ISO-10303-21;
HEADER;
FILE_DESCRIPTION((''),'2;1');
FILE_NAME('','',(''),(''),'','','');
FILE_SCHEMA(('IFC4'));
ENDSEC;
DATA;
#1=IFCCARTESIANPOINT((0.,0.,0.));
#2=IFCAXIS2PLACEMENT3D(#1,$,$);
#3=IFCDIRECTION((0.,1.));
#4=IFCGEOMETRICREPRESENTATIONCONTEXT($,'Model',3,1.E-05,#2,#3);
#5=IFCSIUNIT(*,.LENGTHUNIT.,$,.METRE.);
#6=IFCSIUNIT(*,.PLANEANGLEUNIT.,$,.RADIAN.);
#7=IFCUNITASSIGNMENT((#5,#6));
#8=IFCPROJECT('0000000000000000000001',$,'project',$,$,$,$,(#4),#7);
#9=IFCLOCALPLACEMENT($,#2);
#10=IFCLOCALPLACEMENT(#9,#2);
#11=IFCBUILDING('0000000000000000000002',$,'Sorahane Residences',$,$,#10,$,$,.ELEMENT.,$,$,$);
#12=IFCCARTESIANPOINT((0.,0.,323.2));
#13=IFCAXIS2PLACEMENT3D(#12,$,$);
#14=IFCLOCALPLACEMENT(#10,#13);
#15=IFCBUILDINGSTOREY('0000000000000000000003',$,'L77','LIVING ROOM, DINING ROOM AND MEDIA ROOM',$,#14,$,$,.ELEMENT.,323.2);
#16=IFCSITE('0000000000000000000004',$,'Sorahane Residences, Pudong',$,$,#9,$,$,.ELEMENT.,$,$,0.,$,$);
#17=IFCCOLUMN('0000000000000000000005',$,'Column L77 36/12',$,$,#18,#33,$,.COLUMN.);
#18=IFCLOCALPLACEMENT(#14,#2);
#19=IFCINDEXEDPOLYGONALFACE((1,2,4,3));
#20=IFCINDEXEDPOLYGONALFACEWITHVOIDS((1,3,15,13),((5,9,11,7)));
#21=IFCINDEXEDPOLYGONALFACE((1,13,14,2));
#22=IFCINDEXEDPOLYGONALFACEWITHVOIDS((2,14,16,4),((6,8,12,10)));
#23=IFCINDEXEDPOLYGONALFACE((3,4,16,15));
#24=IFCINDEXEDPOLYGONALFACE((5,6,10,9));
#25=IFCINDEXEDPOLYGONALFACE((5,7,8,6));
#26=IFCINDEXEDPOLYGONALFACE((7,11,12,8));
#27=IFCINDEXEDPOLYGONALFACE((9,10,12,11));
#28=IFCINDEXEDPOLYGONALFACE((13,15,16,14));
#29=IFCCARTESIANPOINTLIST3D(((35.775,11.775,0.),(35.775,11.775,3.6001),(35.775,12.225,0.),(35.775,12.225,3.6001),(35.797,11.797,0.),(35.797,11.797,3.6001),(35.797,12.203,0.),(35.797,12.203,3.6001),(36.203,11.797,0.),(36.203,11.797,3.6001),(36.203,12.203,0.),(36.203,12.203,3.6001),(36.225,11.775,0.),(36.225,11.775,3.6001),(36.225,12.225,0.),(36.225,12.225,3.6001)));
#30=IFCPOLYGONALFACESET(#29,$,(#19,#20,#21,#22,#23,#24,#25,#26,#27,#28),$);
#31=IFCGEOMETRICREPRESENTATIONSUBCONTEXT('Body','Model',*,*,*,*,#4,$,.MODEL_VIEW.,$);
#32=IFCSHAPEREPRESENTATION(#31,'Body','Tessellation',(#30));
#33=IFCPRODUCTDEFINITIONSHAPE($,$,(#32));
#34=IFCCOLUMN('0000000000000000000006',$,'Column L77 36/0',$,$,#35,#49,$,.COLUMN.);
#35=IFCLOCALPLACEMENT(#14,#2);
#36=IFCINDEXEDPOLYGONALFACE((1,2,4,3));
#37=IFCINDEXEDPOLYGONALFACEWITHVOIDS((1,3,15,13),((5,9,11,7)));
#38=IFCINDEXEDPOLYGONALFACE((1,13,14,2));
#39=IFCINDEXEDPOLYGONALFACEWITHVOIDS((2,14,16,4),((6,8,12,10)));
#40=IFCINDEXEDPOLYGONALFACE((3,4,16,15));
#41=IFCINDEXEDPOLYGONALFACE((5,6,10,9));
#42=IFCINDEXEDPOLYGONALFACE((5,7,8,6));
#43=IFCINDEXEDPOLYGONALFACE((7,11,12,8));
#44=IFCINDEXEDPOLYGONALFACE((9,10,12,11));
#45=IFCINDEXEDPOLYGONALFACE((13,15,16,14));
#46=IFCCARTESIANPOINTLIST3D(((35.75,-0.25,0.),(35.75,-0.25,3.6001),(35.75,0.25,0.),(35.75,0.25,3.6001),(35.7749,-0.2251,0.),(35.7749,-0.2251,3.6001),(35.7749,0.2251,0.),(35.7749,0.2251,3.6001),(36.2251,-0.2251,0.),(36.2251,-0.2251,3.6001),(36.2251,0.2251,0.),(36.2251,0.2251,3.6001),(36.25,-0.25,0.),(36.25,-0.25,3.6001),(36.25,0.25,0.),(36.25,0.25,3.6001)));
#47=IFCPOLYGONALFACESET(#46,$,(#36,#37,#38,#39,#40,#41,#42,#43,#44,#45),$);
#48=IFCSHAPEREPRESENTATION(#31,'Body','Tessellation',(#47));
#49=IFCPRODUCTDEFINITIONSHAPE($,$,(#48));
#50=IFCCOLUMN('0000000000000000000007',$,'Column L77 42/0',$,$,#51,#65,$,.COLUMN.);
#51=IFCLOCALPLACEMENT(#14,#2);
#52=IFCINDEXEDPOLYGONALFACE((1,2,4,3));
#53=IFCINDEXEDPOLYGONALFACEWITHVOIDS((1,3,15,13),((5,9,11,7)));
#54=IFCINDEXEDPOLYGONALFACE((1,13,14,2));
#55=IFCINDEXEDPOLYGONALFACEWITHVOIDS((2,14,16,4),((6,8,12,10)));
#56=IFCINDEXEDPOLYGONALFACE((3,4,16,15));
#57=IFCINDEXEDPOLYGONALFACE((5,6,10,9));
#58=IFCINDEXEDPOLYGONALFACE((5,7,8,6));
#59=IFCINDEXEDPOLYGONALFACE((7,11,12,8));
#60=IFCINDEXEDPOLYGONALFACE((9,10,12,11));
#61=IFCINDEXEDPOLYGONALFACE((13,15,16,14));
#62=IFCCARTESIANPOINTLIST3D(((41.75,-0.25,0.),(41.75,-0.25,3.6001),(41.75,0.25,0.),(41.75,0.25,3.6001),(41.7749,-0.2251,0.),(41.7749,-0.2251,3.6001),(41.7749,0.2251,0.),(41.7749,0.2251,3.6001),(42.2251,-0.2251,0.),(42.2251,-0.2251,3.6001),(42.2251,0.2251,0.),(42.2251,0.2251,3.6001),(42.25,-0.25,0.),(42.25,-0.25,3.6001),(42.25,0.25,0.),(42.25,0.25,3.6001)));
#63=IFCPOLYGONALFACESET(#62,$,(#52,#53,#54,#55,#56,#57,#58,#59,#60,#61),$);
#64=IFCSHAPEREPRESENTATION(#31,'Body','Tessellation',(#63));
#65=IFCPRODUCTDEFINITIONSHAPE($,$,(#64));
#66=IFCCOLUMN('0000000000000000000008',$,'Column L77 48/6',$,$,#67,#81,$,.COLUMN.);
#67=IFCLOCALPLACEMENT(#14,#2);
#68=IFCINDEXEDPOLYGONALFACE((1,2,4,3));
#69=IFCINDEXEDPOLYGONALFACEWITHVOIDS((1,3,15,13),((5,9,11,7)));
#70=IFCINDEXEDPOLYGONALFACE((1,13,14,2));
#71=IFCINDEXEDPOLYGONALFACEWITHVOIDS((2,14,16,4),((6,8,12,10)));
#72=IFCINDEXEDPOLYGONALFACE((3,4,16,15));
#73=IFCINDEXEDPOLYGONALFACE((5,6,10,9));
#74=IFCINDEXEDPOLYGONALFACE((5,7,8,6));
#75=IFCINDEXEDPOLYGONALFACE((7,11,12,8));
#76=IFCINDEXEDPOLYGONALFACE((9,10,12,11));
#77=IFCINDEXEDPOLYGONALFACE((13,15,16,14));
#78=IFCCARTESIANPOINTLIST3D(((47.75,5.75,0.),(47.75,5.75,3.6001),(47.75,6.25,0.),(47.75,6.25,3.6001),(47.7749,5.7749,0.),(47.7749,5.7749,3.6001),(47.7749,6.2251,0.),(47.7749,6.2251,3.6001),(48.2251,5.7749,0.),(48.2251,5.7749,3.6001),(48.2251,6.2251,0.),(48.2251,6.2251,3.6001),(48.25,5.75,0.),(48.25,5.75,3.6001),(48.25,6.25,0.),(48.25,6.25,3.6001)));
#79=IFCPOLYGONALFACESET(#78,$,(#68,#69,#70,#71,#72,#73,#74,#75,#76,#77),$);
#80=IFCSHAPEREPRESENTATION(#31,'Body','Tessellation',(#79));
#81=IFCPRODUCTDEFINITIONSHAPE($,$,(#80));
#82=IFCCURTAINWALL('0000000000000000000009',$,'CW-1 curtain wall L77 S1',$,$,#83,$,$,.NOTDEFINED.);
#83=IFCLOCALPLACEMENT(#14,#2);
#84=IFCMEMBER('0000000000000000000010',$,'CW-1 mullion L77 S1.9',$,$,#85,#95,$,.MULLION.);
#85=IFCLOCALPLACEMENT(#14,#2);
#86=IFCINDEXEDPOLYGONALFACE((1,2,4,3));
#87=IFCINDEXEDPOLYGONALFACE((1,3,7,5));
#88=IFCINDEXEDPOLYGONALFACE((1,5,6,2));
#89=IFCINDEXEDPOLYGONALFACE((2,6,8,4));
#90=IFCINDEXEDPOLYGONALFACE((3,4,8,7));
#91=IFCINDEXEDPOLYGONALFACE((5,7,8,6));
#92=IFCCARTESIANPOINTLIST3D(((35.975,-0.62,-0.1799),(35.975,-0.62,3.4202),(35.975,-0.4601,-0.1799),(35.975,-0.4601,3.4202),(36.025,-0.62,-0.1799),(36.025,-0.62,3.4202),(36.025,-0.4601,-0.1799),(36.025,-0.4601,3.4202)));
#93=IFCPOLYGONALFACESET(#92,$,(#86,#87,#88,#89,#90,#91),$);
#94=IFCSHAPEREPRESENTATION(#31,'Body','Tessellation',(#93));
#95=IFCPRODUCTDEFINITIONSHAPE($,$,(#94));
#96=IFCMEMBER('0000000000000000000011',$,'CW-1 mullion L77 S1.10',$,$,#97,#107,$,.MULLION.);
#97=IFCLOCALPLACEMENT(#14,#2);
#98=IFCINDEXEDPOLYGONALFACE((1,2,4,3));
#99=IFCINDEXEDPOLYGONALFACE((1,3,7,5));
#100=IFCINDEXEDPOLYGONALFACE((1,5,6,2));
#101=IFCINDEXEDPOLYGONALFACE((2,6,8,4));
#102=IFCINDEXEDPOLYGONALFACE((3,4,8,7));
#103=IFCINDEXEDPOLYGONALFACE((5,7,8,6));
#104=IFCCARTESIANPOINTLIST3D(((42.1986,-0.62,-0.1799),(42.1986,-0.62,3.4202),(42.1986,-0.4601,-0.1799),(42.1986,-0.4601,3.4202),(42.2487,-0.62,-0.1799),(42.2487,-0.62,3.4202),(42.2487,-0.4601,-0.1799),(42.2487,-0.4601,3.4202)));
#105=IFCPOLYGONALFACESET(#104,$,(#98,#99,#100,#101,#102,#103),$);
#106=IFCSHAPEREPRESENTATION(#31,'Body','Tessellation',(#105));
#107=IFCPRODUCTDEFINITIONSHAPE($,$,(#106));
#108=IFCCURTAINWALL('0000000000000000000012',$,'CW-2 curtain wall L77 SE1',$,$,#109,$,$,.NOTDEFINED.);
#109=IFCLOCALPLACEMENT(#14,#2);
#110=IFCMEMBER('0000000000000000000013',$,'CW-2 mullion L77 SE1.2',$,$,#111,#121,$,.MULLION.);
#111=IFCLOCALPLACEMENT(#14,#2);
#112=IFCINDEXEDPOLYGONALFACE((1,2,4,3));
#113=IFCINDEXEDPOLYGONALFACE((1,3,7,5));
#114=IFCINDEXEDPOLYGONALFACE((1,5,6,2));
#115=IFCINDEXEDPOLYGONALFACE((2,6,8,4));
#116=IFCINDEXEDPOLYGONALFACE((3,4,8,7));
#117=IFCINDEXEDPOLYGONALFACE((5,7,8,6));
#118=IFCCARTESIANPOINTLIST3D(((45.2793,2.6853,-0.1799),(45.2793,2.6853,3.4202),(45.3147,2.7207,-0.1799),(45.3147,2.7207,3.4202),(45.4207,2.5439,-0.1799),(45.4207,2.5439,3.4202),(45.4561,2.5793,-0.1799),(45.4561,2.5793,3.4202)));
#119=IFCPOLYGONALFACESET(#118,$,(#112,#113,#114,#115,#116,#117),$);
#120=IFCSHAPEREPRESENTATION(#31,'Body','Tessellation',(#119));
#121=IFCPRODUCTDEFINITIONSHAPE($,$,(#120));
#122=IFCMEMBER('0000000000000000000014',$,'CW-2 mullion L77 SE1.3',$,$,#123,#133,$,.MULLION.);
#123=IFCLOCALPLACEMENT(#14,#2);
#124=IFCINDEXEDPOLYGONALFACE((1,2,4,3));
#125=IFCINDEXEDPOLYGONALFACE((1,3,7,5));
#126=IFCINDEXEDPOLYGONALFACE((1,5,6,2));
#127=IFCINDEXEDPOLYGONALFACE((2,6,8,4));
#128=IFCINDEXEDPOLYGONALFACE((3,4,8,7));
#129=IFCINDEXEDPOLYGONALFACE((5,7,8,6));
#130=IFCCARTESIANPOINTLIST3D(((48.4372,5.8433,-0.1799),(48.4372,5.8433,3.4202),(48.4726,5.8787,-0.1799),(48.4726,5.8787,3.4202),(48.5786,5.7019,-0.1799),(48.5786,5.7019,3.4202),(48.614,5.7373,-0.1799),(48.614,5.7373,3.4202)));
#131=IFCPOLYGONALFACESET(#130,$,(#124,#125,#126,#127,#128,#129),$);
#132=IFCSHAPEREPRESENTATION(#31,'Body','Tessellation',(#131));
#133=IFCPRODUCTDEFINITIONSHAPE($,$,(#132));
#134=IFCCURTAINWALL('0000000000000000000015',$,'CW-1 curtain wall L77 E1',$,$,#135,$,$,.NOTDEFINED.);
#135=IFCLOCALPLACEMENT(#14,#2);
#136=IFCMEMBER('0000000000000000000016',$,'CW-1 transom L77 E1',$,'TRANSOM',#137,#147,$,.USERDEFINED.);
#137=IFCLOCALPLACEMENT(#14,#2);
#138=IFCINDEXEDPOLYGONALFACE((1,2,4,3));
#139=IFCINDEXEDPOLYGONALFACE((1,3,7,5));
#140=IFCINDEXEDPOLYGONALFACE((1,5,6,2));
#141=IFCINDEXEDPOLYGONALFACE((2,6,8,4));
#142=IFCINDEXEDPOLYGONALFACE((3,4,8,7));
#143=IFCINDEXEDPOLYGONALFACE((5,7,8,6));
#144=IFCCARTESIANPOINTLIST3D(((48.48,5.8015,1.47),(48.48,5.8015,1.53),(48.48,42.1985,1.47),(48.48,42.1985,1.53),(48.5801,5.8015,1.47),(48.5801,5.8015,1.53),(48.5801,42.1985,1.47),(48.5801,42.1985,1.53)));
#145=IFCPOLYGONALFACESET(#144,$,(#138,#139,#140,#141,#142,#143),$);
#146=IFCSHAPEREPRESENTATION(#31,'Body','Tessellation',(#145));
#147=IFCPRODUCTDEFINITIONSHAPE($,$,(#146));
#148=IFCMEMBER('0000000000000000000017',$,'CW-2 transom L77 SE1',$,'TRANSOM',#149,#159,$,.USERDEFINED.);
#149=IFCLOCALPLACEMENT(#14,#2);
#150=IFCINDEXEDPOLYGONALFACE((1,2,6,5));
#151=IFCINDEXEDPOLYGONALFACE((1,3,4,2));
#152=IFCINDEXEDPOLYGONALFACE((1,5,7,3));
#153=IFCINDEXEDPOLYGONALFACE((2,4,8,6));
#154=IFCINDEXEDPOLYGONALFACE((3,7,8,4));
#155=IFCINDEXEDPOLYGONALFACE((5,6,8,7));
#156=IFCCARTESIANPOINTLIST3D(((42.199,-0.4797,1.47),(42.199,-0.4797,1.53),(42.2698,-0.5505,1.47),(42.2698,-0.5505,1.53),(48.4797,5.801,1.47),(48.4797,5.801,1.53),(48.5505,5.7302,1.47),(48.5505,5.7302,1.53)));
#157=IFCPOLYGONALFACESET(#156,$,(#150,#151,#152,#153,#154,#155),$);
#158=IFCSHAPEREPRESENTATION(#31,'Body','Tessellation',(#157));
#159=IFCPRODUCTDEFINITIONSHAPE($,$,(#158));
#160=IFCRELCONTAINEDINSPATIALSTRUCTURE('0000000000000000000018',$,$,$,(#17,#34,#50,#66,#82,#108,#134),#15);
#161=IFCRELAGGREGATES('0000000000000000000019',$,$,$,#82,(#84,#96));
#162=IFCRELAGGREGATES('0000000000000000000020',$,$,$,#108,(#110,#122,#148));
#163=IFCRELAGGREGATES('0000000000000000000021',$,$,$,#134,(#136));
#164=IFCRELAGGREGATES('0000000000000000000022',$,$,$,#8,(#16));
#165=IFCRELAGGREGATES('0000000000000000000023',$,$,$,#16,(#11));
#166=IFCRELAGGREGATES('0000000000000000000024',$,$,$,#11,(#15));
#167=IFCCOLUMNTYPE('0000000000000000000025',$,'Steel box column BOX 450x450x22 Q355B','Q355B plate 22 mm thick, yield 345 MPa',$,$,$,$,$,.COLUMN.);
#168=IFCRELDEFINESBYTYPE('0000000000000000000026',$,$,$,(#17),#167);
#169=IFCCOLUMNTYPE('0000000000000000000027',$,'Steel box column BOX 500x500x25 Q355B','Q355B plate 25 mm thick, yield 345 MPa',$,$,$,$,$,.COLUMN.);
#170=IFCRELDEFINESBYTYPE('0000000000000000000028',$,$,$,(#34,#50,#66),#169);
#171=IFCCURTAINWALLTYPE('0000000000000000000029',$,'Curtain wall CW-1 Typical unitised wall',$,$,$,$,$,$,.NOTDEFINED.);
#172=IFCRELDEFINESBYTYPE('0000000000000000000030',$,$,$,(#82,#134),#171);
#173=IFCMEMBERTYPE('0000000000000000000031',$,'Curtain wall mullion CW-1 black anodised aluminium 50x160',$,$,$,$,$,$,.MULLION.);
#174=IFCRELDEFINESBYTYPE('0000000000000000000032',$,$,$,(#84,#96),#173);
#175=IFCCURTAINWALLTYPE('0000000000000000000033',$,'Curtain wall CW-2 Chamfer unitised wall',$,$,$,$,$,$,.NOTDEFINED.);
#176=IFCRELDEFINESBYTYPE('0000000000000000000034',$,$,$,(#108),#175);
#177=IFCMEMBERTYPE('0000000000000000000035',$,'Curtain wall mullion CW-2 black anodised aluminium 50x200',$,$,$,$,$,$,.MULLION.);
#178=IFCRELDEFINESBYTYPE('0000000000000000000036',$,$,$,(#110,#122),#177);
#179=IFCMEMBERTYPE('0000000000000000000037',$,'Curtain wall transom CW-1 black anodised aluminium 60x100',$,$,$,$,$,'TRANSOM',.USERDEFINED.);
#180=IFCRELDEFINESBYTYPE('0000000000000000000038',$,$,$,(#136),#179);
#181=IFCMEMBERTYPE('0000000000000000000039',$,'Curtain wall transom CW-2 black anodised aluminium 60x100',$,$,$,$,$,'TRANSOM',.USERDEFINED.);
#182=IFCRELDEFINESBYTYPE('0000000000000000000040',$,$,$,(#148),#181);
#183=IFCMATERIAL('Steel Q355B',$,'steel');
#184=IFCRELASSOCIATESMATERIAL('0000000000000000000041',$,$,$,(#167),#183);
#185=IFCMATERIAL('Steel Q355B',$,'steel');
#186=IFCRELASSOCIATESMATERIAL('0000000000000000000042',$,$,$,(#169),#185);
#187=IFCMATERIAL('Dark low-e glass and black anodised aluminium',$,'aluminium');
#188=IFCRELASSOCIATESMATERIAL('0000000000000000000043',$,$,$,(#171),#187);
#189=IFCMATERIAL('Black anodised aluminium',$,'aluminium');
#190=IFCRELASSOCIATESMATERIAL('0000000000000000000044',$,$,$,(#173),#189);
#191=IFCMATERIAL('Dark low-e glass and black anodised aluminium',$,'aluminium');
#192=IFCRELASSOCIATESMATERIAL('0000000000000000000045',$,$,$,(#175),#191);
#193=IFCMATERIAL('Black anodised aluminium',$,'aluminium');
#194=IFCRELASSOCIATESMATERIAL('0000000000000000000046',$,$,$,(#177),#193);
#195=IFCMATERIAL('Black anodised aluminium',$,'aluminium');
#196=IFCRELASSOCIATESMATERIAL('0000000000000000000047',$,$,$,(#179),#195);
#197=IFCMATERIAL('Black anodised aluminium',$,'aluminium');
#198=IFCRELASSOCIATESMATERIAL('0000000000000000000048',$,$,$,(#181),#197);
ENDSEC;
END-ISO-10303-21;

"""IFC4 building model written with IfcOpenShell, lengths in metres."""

from ifc_helpers import new_model, si_unit, direction, frame, origin, origin_2d, place, context, subcontext, project, spatial, rectangle, hollow_rectangle, extrude, material, material_profile, profile_set, type_object, element, aggregate, save


model = new_model("IFC4")

# Units and contexts
model_context = context("Model", 3, precision=1e-05, world=origin(), true_north=direction((0.0, 1.0)))
body_context = subcontext(model_context, "Body", "Model", "MODEL_VIEW")
ifc_project = project(units=[si_unit("LENGTHUNIT", "METRE"), si_unit("PLANEANGLEUNIT", "RADIAN")], contexts=[model_context])

# Site, building, storey
site_placement = place(None, origin())
site = spatial("IfcSite", under=ifc_project, at=site_placement, Name="Sorahane Residences, Pudong", CompositionType="ELEMENT", RefElevation=0.0)
building_placement = place(site_placement, origin())
building = spatial("IfcBuilding", under=site, at=building_placement, Name="Sorahane Residences", CompositionType="ELEMENT")
storey_placement = place(building_placement, frame((0.0, 0.0, 323.2)))
storey = spatial("IfcBuildingStorey", under=building, at=storey_placement, Name="L77", Description="LIVING ROOM, DINING ROOM AND MEDIA ROOM", CompositionType="ELEMENT", Elevation=323.2)

# Columns
ifc_material_1 = material(Name="Steel Q355B", Category="steel")
ifc_material_profile_1 = material_profile(ifc_material_1, hollow_rectangle(XDim=0.45, YDim=0.45, WallThickness=0.022, at=origin_2d()), Name="BOX 450x450x22")
ifc_profile_set_1 = profile_set([ifc_material_profile_1], Name="Steel Q355B")
column_type_1 = type_object("IfcColumnType", Name="Steel box column BOX 450x450x22 Q355B", Description="Q355B plate 22 mm thick, yield 345 MPa", PredefinedType="COLUMN", material=ifc_profile_set_1)
column_placement = place(storey_placement, frame((36.0, 12.0, 0.0), z_axis=(0.0, 0.0, 1.0), x_axis=(1.0, 0.0, 0.0)))
element("IfcColumn", 1, at=column_placement, inside=storey, type_object=column_type_1, Name="Column L77 36/12", PredefinedType="COLUMN", context=body_context, shape_type="SweptSolid", body=[
    extrude(hollow_rectangle(XDim=0.45, YDim=0.45, WallThickness=0.022, at=origin_2d()), origin(), (0.0, 0.0, 1.0), 3.6001),
])
ifc_material_2 = material(Name="Steel Q355B", Category="steel")
ifc_material_profile_2 = material_profile(ifc_material_2, hollow_rectangle(XDim=0.5, YDim=0.5, WallThickness=0.0249, at=origin_2d()), Name="BOX 500x500x25")
ifc_profile_set_2 = profile_set([ifc_material_profile_2], Name="Steel Q355B")
column_type_2 = type_object("IfcColumnType", Name="Steel box column BOX 500x500x25 Q355B", Description="Q355B plate 25 mm thick, yield 345 MPa", PredefinedType="COLUMN", material=ifc_profile_set_2)
for number, where, z_axis, x_axis, name in (
    (2, (36.0, 0.0, 0.0), (0.0, 0.0, 1.0), (1.0, 0.0, 0.0), "Column L77 36/0"),
    (3, (42.0, 0.0, 0.0), (0.0, 0.0, 1.0), (1.0, 0.0, 0.0), "Column L77 42/0"),
    (4, (48.0, 6.0, 0.0), (0.0, 0.0, 1.0), (1.0, 0.0, 0.0), "Column L77 48/6"),
):
    element("IfcColumn", number, at=place(storey_placement, frame(where, z_axis=z_axis, x_axis=x_axis)), inside=storey, type_object=column_type_2, Name=name, PredefinedType="COLUMN", context=body_context, shape_type="SweptSolid", body=[
        extrude(hollow_rectangle(XDim=0.5, YDim=0.5, WallThickness=0.0249, at=origin_2d()), origin(), (0.0, 0.0, 1.0), 3.6001),
    ])

# Curtain walls, members
ifc_material_3 = material(Name="Dark low-e glass and black anodised aluminium", Category="aluminium")
curtain_wall_type_1 = type_object("IfcCurtainWallType", Name="Curtain wall CW-1 Typical unitised wall", PredefinedType="NOTDEFINED", material=ifc_material_3)
curtain_wall_1_placement = place(storey_placement, origin())
curtain_wall_1 = element("IfcCurtainWall", 5, at=curtain_wall_1_placement, inside=storey, type_object=curtain_wall_type_1, Name="CW-1 curtain wall L77 S1", PredefinedType="NOTDEFINED")
ifc_material_4 = material(Name="Black anodised aluminium", Category="aluminium")
ifc_material_profile_3 = material_profile(ifc_material_4, rectangle(XDim=0.1599, YDim=0.05, at=origin_2d()), Name="Curtain wall mullion CW-1 black anodised aluminium 50x160")
ifc_profile_set_3 = profile_set([ifc_material_profile_3], Name="Black anodised aluminium")
member_type_1 = type_object("IfcMemberType", Name="Curtain wall mullion CW-1 black anodised aluminium 50x160", PredefinedType="MULLION", material=ifc_profile_set_3)
member_1_placement = place(storey_placement, frame((36.0, -0.54, -0.1799), z_axis=(0.0, 0.0, 1.0), x_axis=(0.0, -1.0, 0.0)))
member_1 = element("IfcMember", 6, at=member_1_placement, type_object=member_type_1, Name="CW-1 mullion L77 S1.9", PredefinedType="MULLION", context=body_context, shape_type="SweptSolid", body=[
    extrude(rectangle(XDim=0.1599, YDim=0.05, at=origin_2d()), origin(), (0.0, 0.0, 1.0), 3.6001),
])
member_2_placement = place(storey_placement, frame((42.2236, -0.54, -0.1799), z_axis=(0.0, 0.0, 1.0), x_axis=(0.0, -1.0, 0.0)))
member_2 = element("IfcMember", 7, at=member_2_placement, type_object=member_type_1, Name="CW-1 mullion L77 S1.10", PredefinedType="MULLION", context=body_context, shape_type="SweptSolid", body=[
    extrude(rectangle(XDim=0.1599, YDim=0.05, at=origin_2d()), origin(), (0.0, 0.0, 1.0), 3.6001),
])
ifc_material_5 = material(Name="Dark low-e glass and black anodised aluminium", Category="aluminium")
curtain_wall_type_2 = type_object("IfcCurtainWallType", Name="Curtain wall CW-2 Chamfer unitised wall", PredefinedType="NOTDEFINED", material=ifc_material_5)
curtain_wall_2_placement = place(storey_placement, origin())
curtain_wall_2 = element("IfcCurtainWall", 8, at=curtain_wall_2_placement, inside=storey, type_object=curtain_wall_type_2, Name="CW-2 curtain wall L77 SE1", PredefinedType="NOTDEFINED")
ifc_material_6 = material(Name="Black anodised aluminium", Category="aluminium")
ifc_material_profile_4 = material_profile(ifc_material_6, rectangle(XDim=0.2, YDim=0.05, at=origin_2d()), Name="Curtain wall mullion CW-2 black anodised aluminium 50x200")
ifc_profile_set_4 = profile_set([ifc_material_profile_4], Name="Black anodised aluminium")
member_type_2 = type_object("IfcMemberType", Name="Curtain wall mullion CW-2 black anodised aluminium 50x200", PredefinedType="MULLION", material=ifc_profile_set_4)
member_3_placement = place(storey_placement, frame((45.3677, 2.6323, -0.1799), z_axis=(0.0, 0.0, 1.0), x_axis=(0.707107, -0.707107, 0.0)))
member_3 = element("IfcMember", 9, at=member_3_placement, type_object=member_type_2, Name="CW-2 mullion L77 SE1.2", PredefinedType="MULLION", context=body_context, shape_type="SweptSolid", body=[
    extrude(rectangle(XDim=0.2, YDim=0.05, at=origin_2d()), origin(), (0.0, 0.0, 1.0), 3.6001),
])
member_4_placement = place(storey_placement, frame((48.5256, 5.7903, -0.1799), z_axis=(0.0, 0.0, 1.0), x_axis=(0.707107, -0.707107, 0.0)))
member_4 = element("IfcMember", 10, at=member_4_placement, type_object=member_type_2, Name="CW-2 mullion L77 SE1.3", PredefinedType="MULLION", context=body_context, shape_type="SweptSolid", body=[
    extrude(rectangle(XDim=0.2, YDim=0.05, at=origin_2d()), origin(), (0.0, 0.0, 1.0), 3.6001),
])

# Curtain wall, member
curtain_wall_3_placement = place(storey_placement, origin())
curtain_wall_3 = element("IfcCurtainWall", 11, at=curtain_wall_3_placement, inside=storey, type_object=curtain_wall_type_1, Name="CW-1 curtain wall L77 E1", PredefinedType="NOTDEFINED")
ifc_material_7 = material(Name="Black anodised aluminium", Category="aluminium")
ifc_material_profile_5 = material_profile(ifc_material_7, rectangle(XDim=0.1001, YDim=0.0601, at=origin_2d()), Name="Curtain wall transom CW-1 black anodised aluminium 60x100")
ifc_profile_set_5 = profile_set([ifc_material_profile_5], Name="Black anodised aluminium")
member_type_3 = type_object("IfcMemberType", Name="Curtain wall transom CW-1 black anodised aluminium 60x100", ElementType="TRANSOM", PredefinedType="USERDEFINED", material=ifc_profile_set_5)
member_5_placement = place(storey_placement, frame((48.53, 5.8015, 1.5), z_axis=(0.0, 1.0, 0.0), x_axis=(-1.0, 0.0, 0.0)))
member_5 = element("IfcMember", 12, at=member_5_placement, type_object=member_type_3, Name="CW-1 transom L77 E1", ObjectType="TRANSOM", PredefinedType="USERDEFINED", context=body_context, shape_type="SweptSolid", body=[
    extrude(rectangle(XDim=0.1001, YDim=0.0601, at=origin_2d()), origin(), (0.0, 0.0, 1.0), 36.397),
])

# Member
ifc_material_8 = material(Name="Black anodised aluminium", Category="aluminium")
ifc_material_profile_6 = material_profile(ifc_material_8, rectangle(XDim=0.1001, YDim=0.0601, at=origin_2d()), Name="Curtain wall transom CW-2 black anodised aluminium 60x100")
ifc_profile_set_6 = profile_set([ifc_material_profile_6], Name="Black anodised aluminium")
member_type_4 = type_object("IfcMemberType", Name="Curtain wall transom CW-2 black anodised aluminium 60x100", ElementType="TRANSOM", PredefinedType="USERDEFINED", material=ifc_profile_set_6)
member_6_placement = place(storey_placement, frame((42.2344, -0.5151, 1.5), z_axis=(0.707107, 0.707107, 0.0), x_axis=(-0.707107, 0.707107, 0.0)))
member_6 = element("IfcMember", 13, at=member_6_placement, type_object=member_type_4, Name="CW-2 transom L77 SE1", ObjectType="TRANSOM", PredefinedType="USERDEFINED", context=body_context, shape_type="SweptSolid", body=[
    extrude(rectangle(XDim=0.1001, YDim=0.0601, at=origin_2d()), origin(), (0.0, 0.0, 1.0), 8.8823),
])

aggregate(curtain_wall_1, [member_1, member_2])
aggregate(curtain_wall_2, [member_3, member_4, member_6])
aggregate(curtain_wall_3, [member_5])

save(model, "model.ifc")
